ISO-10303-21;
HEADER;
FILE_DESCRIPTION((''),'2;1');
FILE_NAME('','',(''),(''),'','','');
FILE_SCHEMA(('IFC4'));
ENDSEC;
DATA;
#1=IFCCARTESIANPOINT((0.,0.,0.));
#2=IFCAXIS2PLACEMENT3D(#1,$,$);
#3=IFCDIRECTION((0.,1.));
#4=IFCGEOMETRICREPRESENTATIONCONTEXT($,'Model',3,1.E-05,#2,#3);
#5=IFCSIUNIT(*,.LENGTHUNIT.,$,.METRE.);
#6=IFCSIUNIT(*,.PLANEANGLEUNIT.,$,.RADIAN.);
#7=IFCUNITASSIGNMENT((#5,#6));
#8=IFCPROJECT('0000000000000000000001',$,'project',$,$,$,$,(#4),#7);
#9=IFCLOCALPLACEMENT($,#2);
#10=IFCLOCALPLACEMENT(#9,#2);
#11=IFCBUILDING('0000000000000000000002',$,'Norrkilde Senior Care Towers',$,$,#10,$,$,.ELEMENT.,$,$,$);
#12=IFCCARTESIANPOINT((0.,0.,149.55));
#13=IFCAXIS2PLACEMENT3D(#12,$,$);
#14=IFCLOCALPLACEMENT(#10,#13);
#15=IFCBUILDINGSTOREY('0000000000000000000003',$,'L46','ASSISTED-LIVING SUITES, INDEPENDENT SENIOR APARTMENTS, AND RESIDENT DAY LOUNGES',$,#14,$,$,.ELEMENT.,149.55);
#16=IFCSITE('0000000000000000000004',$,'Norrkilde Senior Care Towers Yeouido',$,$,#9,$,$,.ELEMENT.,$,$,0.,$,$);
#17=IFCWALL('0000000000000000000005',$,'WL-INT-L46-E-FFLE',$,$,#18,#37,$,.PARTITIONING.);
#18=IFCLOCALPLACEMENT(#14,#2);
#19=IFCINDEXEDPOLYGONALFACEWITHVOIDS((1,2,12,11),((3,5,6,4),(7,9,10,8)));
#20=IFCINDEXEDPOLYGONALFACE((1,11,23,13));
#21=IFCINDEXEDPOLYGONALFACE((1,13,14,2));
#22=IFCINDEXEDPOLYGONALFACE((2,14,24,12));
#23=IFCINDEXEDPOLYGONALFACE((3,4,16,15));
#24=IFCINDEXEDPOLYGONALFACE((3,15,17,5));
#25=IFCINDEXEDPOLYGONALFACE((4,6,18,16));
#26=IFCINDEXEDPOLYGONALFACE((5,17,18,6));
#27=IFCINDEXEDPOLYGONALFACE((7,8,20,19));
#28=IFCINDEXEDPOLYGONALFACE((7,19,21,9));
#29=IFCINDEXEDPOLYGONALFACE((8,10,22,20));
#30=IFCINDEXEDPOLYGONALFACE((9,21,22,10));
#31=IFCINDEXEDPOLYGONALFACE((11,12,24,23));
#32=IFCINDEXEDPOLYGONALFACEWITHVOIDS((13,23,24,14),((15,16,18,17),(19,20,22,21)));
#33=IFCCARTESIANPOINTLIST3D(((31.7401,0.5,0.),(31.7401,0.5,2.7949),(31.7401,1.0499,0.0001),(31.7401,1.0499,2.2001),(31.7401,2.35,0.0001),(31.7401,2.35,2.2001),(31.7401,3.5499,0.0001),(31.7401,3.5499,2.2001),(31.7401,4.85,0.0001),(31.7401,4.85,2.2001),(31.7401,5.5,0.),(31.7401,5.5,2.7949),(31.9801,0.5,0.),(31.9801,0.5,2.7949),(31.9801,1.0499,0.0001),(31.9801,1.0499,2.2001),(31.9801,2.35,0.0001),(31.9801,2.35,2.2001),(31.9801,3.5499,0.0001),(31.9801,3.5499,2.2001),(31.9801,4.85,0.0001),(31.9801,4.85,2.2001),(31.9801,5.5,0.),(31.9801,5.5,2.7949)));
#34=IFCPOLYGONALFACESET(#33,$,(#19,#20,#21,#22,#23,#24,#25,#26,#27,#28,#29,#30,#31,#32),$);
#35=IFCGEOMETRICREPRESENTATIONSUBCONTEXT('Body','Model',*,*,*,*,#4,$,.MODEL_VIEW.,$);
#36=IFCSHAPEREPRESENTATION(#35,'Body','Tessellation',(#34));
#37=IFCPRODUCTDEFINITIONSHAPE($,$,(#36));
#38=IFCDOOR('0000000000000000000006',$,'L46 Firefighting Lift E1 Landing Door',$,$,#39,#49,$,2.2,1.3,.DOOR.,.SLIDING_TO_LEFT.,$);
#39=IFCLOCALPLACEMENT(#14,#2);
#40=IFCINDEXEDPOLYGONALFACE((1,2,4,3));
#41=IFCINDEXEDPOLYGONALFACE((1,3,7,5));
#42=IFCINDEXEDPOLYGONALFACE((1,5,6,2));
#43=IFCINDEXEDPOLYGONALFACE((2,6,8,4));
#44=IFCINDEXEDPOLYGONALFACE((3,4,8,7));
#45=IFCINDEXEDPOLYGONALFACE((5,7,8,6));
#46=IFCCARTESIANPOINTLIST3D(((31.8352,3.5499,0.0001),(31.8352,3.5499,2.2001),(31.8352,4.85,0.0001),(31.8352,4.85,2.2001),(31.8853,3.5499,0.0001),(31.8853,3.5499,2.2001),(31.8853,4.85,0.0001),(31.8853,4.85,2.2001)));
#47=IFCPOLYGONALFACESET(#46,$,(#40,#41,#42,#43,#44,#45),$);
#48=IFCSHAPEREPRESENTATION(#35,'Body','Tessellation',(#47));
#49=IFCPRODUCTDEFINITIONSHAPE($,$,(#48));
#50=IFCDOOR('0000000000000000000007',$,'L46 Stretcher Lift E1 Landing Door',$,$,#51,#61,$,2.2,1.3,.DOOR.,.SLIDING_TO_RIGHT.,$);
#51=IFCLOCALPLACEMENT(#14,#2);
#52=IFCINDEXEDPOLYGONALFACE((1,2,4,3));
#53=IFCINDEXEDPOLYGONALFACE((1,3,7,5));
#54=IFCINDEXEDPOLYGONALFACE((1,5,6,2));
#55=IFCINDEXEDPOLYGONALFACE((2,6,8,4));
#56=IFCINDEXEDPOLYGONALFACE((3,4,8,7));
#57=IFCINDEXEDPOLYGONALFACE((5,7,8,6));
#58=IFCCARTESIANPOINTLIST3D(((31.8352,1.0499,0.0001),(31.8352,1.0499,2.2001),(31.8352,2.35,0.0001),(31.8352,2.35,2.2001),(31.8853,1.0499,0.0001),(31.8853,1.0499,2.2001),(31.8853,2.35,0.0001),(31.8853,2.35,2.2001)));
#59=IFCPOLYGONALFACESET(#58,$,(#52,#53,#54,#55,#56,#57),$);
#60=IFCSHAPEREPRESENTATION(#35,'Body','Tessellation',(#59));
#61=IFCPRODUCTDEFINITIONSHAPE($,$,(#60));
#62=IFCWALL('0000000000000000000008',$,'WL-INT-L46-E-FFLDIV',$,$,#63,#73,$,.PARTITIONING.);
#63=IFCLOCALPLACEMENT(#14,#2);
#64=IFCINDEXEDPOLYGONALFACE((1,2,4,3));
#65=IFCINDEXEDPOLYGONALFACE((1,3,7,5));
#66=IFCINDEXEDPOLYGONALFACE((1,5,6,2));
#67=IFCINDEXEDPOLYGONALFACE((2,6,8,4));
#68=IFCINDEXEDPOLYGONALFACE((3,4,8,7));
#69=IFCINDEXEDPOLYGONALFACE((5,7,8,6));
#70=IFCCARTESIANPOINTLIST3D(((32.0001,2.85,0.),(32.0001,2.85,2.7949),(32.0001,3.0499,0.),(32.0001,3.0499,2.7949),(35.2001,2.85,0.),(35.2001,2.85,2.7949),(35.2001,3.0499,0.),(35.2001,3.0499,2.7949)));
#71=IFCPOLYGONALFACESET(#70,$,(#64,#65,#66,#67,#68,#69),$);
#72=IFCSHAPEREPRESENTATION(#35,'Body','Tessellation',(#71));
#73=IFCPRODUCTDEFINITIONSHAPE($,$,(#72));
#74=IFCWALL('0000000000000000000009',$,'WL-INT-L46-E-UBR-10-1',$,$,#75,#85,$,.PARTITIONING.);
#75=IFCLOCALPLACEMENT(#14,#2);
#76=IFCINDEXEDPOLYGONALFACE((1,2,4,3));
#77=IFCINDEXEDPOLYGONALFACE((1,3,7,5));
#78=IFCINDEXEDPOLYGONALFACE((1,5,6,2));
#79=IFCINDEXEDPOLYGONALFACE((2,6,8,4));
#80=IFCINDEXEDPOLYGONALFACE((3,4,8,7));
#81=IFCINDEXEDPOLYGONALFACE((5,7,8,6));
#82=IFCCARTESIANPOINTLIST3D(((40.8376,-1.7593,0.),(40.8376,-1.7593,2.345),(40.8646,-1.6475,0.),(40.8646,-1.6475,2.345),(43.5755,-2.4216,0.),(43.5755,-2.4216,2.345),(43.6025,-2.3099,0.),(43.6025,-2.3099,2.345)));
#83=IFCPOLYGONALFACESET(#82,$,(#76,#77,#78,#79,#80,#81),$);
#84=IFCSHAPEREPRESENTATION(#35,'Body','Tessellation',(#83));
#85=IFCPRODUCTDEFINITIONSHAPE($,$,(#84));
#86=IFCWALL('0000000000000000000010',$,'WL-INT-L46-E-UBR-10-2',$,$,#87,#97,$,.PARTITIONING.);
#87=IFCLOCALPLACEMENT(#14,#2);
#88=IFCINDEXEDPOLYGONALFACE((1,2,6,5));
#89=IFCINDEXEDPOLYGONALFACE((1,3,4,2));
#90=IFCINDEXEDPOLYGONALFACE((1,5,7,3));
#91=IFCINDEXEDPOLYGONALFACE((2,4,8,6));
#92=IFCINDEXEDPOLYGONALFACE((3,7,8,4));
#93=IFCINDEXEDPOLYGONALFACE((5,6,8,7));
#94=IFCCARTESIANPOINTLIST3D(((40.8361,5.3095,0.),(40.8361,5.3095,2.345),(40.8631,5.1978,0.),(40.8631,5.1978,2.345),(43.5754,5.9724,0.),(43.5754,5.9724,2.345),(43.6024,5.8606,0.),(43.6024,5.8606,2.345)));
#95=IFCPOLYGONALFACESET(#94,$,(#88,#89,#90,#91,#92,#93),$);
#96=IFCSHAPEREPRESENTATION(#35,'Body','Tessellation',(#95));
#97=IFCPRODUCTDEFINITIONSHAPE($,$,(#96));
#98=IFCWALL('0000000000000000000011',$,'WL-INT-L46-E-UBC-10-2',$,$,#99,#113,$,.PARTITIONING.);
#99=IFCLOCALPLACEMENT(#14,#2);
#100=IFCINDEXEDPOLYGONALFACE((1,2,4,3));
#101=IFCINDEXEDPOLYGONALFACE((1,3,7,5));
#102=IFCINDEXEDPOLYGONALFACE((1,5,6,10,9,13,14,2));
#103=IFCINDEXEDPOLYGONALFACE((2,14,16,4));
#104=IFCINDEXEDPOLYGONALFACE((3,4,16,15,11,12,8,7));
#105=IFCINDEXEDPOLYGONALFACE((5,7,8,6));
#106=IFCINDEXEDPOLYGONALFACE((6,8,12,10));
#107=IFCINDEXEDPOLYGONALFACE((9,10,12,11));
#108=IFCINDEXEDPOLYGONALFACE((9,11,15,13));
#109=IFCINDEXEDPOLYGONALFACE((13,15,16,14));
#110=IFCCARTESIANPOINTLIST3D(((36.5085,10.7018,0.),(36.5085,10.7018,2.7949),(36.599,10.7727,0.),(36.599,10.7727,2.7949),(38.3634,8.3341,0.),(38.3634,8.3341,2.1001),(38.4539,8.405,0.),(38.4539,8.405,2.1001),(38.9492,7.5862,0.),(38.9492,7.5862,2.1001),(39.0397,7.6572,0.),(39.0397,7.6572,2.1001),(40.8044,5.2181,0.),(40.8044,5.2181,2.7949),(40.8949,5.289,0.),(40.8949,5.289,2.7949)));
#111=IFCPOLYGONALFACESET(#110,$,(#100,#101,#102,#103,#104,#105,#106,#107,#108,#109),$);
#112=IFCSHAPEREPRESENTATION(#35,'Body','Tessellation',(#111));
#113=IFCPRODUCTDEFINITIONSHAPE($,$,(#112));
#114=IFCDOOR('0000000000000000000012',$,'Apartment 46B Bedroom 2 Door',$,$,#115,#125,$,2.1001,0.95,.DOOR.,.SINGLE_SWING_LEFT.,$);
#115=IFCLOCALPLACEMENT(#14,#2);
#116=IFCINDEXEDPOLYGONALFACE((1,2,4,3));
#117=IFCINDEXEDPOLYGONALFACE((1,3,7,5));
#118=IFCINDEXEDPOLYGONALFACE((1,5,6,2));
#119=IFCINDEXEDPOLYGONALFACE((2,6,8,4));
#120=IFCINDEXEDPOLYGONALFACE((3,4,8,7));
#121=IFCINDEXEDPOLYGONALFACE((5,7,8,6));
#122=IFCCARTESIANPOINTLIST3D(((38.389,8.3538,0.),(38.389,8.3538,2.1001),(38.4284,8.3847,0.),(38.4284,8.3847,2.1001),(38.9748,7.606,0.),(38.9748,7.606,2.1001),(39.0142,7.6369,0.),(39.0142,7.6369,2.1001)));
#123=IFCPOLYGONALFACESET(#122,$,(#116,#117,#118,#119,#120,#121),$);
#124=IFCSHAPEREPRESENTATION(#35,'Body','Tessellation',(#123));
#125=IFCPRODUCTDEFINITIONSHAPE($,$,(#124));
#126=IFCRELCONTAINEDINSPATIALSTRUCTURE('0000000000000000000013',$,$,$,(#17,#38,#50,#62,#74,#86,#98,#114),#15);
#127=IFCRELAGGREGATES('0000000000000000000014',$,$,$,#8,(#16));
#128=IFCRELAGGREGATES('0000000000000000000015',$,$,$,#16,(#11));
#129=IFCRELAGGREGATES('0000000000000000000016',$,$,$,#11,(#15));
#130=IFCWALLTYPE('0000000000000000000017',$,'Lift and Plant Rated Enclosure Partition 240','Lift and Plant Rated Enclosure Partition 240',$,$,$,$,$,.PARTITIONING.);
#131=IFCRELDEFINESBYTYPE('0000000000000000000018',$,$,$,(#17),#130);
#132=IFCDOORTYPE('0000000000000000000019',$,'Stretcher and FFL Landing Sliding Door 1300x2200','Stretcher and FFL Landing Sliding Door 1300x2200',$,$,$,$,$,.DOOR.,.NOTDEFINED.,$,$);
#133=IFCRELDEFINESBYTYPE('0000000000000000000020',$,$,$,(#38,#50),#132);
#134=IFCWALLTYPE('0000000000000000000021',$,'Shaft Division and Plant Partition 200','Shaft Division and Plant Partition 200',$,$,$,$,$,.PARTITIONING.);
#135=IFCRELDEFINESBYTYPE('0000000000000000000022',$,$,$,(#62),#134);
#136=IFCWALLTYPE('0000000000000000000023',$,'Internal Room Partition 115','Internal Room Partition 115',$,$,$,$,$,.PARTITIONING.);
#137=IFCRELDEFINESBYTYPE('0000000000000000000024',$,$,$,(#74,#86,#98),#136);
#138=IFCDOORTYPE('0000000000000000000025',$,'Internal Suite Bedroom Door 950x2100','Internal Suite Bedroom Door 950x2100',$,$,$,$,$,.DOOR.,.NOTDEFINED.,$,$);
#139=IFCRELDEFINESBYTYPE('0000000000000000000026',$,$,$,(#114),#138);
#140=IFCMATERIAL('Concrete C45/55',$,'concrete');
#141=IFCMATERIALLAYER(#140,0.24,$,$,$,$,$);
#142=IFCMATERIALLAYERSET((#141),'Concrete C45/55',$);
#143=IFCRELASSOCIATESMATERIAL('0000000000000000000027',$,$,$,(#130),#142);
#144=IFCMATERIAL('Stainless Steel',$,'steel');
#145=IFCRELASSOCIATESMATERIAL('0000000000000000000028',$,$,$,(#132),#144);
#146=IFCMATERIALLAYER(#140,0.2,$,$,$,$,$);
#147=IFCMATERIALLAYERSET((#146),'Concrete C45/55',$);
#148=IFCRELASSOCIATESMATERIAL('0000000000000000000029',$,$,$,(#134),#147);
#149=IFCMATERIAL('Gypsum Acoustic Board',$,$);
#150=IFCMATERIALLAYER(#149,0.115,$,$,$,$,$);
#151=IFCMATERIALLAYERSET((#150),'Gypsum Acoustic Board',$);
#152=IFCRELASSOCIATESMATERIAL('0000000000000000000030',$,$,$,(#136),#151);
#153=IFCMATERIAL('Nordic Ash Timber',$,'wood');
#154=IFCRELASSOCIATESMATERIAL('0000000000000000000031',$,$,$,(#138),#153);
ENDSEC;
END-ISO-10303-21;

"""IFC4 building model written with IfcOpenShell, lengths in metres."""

from ifc_helpers import new_model, si_unit, direction, frame, frame_2d, origin, place, context, subcontext, project, spatial, rectangle, extrude, source, transform, mapped, material, layer, layer_set, type_object, type_shapes, element, fill, save


model = new_model("IFC4")

# Units and contexts
model_context = context("Model", 3, precision=1e-05, world=origin(), true_north=direction((0.0, 1.0)))
body_context = subcontext(model_context, "Body", "Model", "MODEL_VIEW")
ifc_project = project(units=[si_unit("LENGTHUNIT", "METRE"), si_unit("PLANEANGLEUNIT", "RADIAN")], contexts=[model_context])

# Site, building, storey
site_placement = place(None, origin())
site = spatial("IfcSite", under=ifc_project, at=site_placement, Name="Norrkilde Senior Care Towers Yeouido", CompositionType="ELEMENT", RefElevation=0.0)
building_placement = place(site_placement, origin())
building = spatial("IfcBuilding", under=site, at=building_placement, Name="Norrkilde Senior Care Towers", CompositionType="ELEMENT")
storey_placement = place(building_placement, frame((0.0, 0.0, 149.55)))
storey = spatial("IfcBuildingStorey", under=building, at=storey_placement, Name="L46", Description="ASSISTED-LIVING SUITES, INDEPENDENT SENIOR APARTMENTS, AND RESIDENT DAY LOUNGES", CompositionType="ELEMENT", Elevation=149.55)

# Shared definitions
ifc_material_1 = material(Name="Concrete C45/55", Category="concrete")

# Wall, openings, doors
ifc_layer_1 = layer(ifc_material_1, 0.24)
ifc_layer_set_1 = layer_set([ifc_layer_1], Name="Concrete C45/55")
wall_type_1 = type_object("IfcWallType", Name="Lift and Plant Rated Enclosure Partition 240", Description="Lift and Plant Rated Enclosure Partition 240", PredefinedType="PARTITIONING", material=ifc_layer_set_1)
shared_shape_1 = source(origin(), body_context, "Body", "SweptSolid", [
    extrude(rectangle(XDim=5.0, YDim=0.24, at=frame_2d((2.5, 0.0))), origin(), (0.0, 0.0, 1.0), 2.7949),
])
type_shapes(wall_type_1, [shared_shape_1])
wall_1_placement = place(storey_placement, frame((31.8601, 0.5, 0.0), z_axis=(0.0, 0.0, 1.0), x_axis=(0.0, 1.0, 0.0)))
wall_1 = element("IfcWall", 1, at=wall_1_placement, inside=storey, type_object=wall_type_1, Name="WL-INT-L46-E-FFLE", PredefinedType="PARTITIONING", context=body_context, shape_type="MappedRepresentation", body=[
    mapped(shared_shape_1, transform((0.0, 0.0, 0.0), x_axis=(1.0, 0.0, 0.0), y_axis=(0.0, 1.0, 0.0), z_axis=(0.0, 0.0, 1.0), scale=1.0)),
])
opening_1_placement = place(wall_1_placement, frame((3.05, 0.0, 0.0)))
opening_1 = element("IfcOpeningElement", 2, at=opening_1_placement, cuts=wall_1, PredefinedType="OPENING", context=body_context, shape_type="SweptSolid", body=[
    extrude(rectangle(XDim=1.3, YDim=2.2, at=frame_2d((0.6499, 1.1001))), frame((0.0, 0.1299, 0.0), z_axis=(0.0, -1.0, 0.0), x_axis=(1.0, 0.0, 0.0)), (0.0, 0.0, 1.0), 0.26),
])
opening_2_placement = place(wall_1_placement, frame((0.55, 0.0, 0.0)))
opening_2 = element("IfcOpeningElement", 3, at=opening_2_placement, cuts=wall_1, PredefinedType="OPENING", context=body_context, shape_type="SweptSolid", body=[
    extrude(rectangle(XDim=1.3, YDim=2.2, at=frame_2d((0.6499, 1.1001))), frame((0.0, 0.1299, 0.0), z_axis=(0.0, -1.0, 0.0), x_axis=(1.0, 0.0, 0.0)), (0.0, 0.0, 1.0), 0.26),
])
ifc_material_2 = material(Name="Stainless Steel", Category="steel")
door_type_1 = type_object("IfcDoorType", Name="Stretcher and FFL Landing Sliding Door 1300x2200", Description="Stretcher and FFL Landing Sliding Door 1300x2200", OperationType="NOTDEFINED", PredefinedType="DOOR", material=ifc_material_2)
shared_shape_2 = source(origin(), body_context, "Body", "SweptSolid", [
    extrude(rectangle(XDim=1.3, YDim=2.2, at=frame_2d((0.6499, 1.1001))), frame((0.0, 0.0249, 0.0), z_axis=(0.0, -1.0, 0.0), x_axis=(1.0, 0.0, 0.0)), (0.0, 0.0, 1.0), 0.05),
])
type_shapes(door_type_1, [shared_shape_2])
door_1_placement = place(opening_1_placement, origin())
door_1 = element("IfcDoor", 4, at=door_1_placement, inside=storey, type_object=door_type_1, Name="L46 Firefighting Lift E1 Landing Door", OperationType="SLIDING_TO_LEFT", OverallHeight=2.2, OverallWidth=1.3, PredefinedType="DOOR", context=body_context, shape_type="MappedRepresentation", body=[
    mapped(shared_shape_2, transform((0.0, 0.0, 0.0), x_axis=(1.0, 0.0, 0.0), y_axis=(0.0, 1.0, 0.0), z_axis=(0.0, 0.0, 1.0), scale=1.0)),
])
fill(opening_1, door_1)
door_2_placement = place(opening_2_placement, origin())
door_2 = element("IfcDoor", 5, at=door_2_placement, inside=storey, type_object=door_type_1, Name="L46 Stretcher Lift E1 Landing Door", OperationType="SLIDING_TO_RIGHT", OverallHeight=2.2, OverallWidth=1.3, PredefinedType="DOOR", context=body_context, shape_type="MappedRepresentation", body=[
    mapped(shared_shape_2, transform((0.0, 0.0, 0.0), x_axis=(1.0, 0.0, 0.0), y_axis=(0.0, 1.0, 0.0), z_axis=(0.0, 0.0, 1.0), scale=1.0)),
])
fill(opening_2, door_2)

# Wall
ifc_layer_2 = layer(ifc_material_1, 0.2)
ifc_layer_set_2 = layer_set([ifc_layer_2], Name="Concrete C45/55")
wall_type_2 = type_object("IfcWallType", Name="Shaft Division and Plant Partition 200", Description="Shaft Division and Plant Partition 200", PredefinedType="PARTITIONING", material=ifc_layer_set_2)
shared_shape_3 = source(origin(), body_context, "Body", "SweptSolid", [
    extrude(rectangle(XDim=3.2, YDim=0.2, at=frame_2d((1.6001, 0.0))), origin(), (0.0, 0.0, 1.0), 2.7949),
])
type_shapes(wall_type_2, [shared_shape_3])
wall_2_placement = place(storey_placement, frame((32.0, 2.95, 0.0), z_axis=(0.0, 0.0, 1.0), x_axis=(1.0, 0.0, 0.0)))
element("IfcWall", 6, at=wall_2_placement, inside=storey, type_object=wall_type_2, Name="WL-INT-L46-E-FFLDIV", PredefinedType="PARTITIONING", context=body_context, shape_type="MappedRepresentation", body=[
    mapped(shared_shape_3, transform((0.0, 0.0, 0.0), x_axis=(1.0, 0.0, 0.0), y_axis=(0.0, 1.0, 0.0), z_axis=(0.0, 0.0, 1.0), scale=1.0)),
])

# Walls
ifc_material_3 = material(Name="Gypsum Acoustic Board")
ifc_layer_3 = layer(ifc_material_3, 0.115)
ifc_layer_set_3 = layer_set([ifc_layer_3], Name="Gypsum Acoustic Board")
wall_type_3 = type_object("IfcWallType", Name="Internal Room Partition 115", Description="Internal Room Partition 115", PredefinedType="PARTITIONING", material=ifc_layer_set_3)
shared_shape_4 = source(origin(), body_context, "Body", "SweptSolid", [
    extrude(rectangle(XDim=2.8169, YDim=0.115, at=frame_2d((1.4084, 0.0))), origin(), (0.0, 0.0, 1.0), 2.345),
])
wall_3_placement = place(storey_placement, frame((40.8511, -1.7034, 0.0), z_axis=(0.0, 0.0, 1.0), x_axis=(0.97196, -0.235146, 0.0)))
element("IfcWall", 7, at=wall_3_placement, inside=storey, type_object=wall_type_3, Name="WL-INT-L46-E-UBR-10-1", PredefinedType="PARTITIONING", context=body_context, shape_type="MappedRepresentation", body=[
    mapped(shared_shape_4, transform((0.0, 0.0, 0.0), x_axis=(1.0, 0.0, 0.0), y_axis=(0.0, 1.0, 0.0), z_axis=(0.0, 0.0, 1.0), scale=1.0)),
])
shared_shape_5 = source(origin(), body_context, "Body", "SweptSolid", [
    extrude(rectangle(XDim=2.8184, YDim=0.115, at=frame_2d((1.4092, 0.0))), origin(), (0.0, 0.0, 1.0), 2.345),
])
wall_4_placement = place(storey_placement, frame((40.8496, 5.2537, 0.0), z_axis=(0.0, 0.0, 1.0), x_axis=(0.971949, 0.235191, 0.0)))
element("IfcWall", 8, at=wall_4_placement, inside=storey, type_object=wall_type_3, Name="WL-INT-L46-E-UBR-10-2", PredefinedType="PARTITIONING", context=body_context, shape_type="MappedRepresentation", body=[
    mapped(shared_shape_5, transform((0.0, 0.0, 0.0), x_axis=(1.0, 0.0, 0.0), y_axis=(0.0, 1.0, 0.0), z_axis=(0.0, 0.0, 1.0), scale=1.0)),
])

# Wall, opening, door
shared_shape_6 = source(origin(), body_context, "Body", "SweptSolid", [
    extrude(rectangle(XDim=6.9661, YDim=0.115, at=frame_2d((3.4829, 0.0))), origin(), (0.0, 0.0, 1.0), 2.7949),
])
type_shapes(wall_type_3, [shared_shape_4, shared_shape_5, shared_shape_6])
wall_5_placement = place(storey_placement, frame((40.8496, 5.2537, 0.0), z_axis=(0.0, 0.0, 1.0), x_axis=(-0.616696, 0.787202, 0.0)))
wall_5 = element("IfcWall", 9, at=wall_5_placement, inside=storey, type_object=wall_type_3, Name="WL-INT-L46-E-UBC-10-2", PredefinedType="PARTITIONING", context=body_context, shape_type="MappedRepresentation", body=[
    mapped(shared_shape_6, transform((0.0, 0.0, 0.0), x_axis=(1.0, 0.0, 0.0), y_axis=(0.0, 1.0, 0.0), z_axis=(0.0, 0.0, 1.0), scale=1.0)),
])
opening_3_placement = place(wall_5_placement, frame((3.0081, 0.0, 0.0)))
opening_3 = element("IfcOpeningElement", 10, at=opening_3_placement, cuts=wall_5, PredefinedType="OPENING", context=body_context, shape_type="SweptSolid", body=[
    extrude(rectangle(XDim=0.95, YDim=2.1001, at=frame_2d((0.4751, 1.05))), frame((0.0, 0.0674, 0.0), z_axis=(0.0, -1.0, 0.0), x_axis=(1.0, 0.0, 0.0)), (0.0, 0.0, 1.0), 0.135),
])
ifc_material_4 = material(Name="Nordic Ash Timber", Category="wood")
door_type_2 = type_object("IfcDoorType", Name="Internal Suite Bedroom Door 950x2100", Description="Internal Suite Bedroom Door 950x2100", OperationType="NOTDEFINED", PredefinedType="DOOR", material=ifc_material_4)
shared_shape_7 = source(origin(), body_context, "Body", "SweptSolid", [
    extrude(rectangle(XDim=0.95, YDim=2.1001, at=frame_2d((0.4751, 1.05))), frame((0.0, 0.0249, 0.0), z_axis=(0.0, -1.0, 0.0), x_axis=(1.0, 0.0, 0.0)), (0.0, 0.0, 1.0), 0.05),
])
type_shapes(door_type_2, [shared_shape_7])
door_3_placement = place(opening_3_placement, frame((0.95, 0.0, 0.0), z_axis=(0.0, 0.0, 1.0), x_axis=(-1.0, 0.0, 0.0)))
door_3 = element("IfcDoor", 11, at=door_3_placement, inside=storey, type_object=door_type_2, Name="Apartment 46B Bedroom 2 Door", OperationType="SINGLE_SWING_LEFT", OverallHeight=2.1001, OverallWidth=0.95, PredefinedType="DOOR", context=body_context, shape_type="MappedRepresentation", body=[
    mapped(shared_shape_7, transform((0.0, 0.0, 0.0), x_axis=(1.0, 0.0, 0.0), y_axis=(0.0, 1.0, 0.0), z_axis=(0.0, 0.0, 1.0), scale=1.0)),
])
fill(opening_3, door_3)

save(model, "model.ifc")
